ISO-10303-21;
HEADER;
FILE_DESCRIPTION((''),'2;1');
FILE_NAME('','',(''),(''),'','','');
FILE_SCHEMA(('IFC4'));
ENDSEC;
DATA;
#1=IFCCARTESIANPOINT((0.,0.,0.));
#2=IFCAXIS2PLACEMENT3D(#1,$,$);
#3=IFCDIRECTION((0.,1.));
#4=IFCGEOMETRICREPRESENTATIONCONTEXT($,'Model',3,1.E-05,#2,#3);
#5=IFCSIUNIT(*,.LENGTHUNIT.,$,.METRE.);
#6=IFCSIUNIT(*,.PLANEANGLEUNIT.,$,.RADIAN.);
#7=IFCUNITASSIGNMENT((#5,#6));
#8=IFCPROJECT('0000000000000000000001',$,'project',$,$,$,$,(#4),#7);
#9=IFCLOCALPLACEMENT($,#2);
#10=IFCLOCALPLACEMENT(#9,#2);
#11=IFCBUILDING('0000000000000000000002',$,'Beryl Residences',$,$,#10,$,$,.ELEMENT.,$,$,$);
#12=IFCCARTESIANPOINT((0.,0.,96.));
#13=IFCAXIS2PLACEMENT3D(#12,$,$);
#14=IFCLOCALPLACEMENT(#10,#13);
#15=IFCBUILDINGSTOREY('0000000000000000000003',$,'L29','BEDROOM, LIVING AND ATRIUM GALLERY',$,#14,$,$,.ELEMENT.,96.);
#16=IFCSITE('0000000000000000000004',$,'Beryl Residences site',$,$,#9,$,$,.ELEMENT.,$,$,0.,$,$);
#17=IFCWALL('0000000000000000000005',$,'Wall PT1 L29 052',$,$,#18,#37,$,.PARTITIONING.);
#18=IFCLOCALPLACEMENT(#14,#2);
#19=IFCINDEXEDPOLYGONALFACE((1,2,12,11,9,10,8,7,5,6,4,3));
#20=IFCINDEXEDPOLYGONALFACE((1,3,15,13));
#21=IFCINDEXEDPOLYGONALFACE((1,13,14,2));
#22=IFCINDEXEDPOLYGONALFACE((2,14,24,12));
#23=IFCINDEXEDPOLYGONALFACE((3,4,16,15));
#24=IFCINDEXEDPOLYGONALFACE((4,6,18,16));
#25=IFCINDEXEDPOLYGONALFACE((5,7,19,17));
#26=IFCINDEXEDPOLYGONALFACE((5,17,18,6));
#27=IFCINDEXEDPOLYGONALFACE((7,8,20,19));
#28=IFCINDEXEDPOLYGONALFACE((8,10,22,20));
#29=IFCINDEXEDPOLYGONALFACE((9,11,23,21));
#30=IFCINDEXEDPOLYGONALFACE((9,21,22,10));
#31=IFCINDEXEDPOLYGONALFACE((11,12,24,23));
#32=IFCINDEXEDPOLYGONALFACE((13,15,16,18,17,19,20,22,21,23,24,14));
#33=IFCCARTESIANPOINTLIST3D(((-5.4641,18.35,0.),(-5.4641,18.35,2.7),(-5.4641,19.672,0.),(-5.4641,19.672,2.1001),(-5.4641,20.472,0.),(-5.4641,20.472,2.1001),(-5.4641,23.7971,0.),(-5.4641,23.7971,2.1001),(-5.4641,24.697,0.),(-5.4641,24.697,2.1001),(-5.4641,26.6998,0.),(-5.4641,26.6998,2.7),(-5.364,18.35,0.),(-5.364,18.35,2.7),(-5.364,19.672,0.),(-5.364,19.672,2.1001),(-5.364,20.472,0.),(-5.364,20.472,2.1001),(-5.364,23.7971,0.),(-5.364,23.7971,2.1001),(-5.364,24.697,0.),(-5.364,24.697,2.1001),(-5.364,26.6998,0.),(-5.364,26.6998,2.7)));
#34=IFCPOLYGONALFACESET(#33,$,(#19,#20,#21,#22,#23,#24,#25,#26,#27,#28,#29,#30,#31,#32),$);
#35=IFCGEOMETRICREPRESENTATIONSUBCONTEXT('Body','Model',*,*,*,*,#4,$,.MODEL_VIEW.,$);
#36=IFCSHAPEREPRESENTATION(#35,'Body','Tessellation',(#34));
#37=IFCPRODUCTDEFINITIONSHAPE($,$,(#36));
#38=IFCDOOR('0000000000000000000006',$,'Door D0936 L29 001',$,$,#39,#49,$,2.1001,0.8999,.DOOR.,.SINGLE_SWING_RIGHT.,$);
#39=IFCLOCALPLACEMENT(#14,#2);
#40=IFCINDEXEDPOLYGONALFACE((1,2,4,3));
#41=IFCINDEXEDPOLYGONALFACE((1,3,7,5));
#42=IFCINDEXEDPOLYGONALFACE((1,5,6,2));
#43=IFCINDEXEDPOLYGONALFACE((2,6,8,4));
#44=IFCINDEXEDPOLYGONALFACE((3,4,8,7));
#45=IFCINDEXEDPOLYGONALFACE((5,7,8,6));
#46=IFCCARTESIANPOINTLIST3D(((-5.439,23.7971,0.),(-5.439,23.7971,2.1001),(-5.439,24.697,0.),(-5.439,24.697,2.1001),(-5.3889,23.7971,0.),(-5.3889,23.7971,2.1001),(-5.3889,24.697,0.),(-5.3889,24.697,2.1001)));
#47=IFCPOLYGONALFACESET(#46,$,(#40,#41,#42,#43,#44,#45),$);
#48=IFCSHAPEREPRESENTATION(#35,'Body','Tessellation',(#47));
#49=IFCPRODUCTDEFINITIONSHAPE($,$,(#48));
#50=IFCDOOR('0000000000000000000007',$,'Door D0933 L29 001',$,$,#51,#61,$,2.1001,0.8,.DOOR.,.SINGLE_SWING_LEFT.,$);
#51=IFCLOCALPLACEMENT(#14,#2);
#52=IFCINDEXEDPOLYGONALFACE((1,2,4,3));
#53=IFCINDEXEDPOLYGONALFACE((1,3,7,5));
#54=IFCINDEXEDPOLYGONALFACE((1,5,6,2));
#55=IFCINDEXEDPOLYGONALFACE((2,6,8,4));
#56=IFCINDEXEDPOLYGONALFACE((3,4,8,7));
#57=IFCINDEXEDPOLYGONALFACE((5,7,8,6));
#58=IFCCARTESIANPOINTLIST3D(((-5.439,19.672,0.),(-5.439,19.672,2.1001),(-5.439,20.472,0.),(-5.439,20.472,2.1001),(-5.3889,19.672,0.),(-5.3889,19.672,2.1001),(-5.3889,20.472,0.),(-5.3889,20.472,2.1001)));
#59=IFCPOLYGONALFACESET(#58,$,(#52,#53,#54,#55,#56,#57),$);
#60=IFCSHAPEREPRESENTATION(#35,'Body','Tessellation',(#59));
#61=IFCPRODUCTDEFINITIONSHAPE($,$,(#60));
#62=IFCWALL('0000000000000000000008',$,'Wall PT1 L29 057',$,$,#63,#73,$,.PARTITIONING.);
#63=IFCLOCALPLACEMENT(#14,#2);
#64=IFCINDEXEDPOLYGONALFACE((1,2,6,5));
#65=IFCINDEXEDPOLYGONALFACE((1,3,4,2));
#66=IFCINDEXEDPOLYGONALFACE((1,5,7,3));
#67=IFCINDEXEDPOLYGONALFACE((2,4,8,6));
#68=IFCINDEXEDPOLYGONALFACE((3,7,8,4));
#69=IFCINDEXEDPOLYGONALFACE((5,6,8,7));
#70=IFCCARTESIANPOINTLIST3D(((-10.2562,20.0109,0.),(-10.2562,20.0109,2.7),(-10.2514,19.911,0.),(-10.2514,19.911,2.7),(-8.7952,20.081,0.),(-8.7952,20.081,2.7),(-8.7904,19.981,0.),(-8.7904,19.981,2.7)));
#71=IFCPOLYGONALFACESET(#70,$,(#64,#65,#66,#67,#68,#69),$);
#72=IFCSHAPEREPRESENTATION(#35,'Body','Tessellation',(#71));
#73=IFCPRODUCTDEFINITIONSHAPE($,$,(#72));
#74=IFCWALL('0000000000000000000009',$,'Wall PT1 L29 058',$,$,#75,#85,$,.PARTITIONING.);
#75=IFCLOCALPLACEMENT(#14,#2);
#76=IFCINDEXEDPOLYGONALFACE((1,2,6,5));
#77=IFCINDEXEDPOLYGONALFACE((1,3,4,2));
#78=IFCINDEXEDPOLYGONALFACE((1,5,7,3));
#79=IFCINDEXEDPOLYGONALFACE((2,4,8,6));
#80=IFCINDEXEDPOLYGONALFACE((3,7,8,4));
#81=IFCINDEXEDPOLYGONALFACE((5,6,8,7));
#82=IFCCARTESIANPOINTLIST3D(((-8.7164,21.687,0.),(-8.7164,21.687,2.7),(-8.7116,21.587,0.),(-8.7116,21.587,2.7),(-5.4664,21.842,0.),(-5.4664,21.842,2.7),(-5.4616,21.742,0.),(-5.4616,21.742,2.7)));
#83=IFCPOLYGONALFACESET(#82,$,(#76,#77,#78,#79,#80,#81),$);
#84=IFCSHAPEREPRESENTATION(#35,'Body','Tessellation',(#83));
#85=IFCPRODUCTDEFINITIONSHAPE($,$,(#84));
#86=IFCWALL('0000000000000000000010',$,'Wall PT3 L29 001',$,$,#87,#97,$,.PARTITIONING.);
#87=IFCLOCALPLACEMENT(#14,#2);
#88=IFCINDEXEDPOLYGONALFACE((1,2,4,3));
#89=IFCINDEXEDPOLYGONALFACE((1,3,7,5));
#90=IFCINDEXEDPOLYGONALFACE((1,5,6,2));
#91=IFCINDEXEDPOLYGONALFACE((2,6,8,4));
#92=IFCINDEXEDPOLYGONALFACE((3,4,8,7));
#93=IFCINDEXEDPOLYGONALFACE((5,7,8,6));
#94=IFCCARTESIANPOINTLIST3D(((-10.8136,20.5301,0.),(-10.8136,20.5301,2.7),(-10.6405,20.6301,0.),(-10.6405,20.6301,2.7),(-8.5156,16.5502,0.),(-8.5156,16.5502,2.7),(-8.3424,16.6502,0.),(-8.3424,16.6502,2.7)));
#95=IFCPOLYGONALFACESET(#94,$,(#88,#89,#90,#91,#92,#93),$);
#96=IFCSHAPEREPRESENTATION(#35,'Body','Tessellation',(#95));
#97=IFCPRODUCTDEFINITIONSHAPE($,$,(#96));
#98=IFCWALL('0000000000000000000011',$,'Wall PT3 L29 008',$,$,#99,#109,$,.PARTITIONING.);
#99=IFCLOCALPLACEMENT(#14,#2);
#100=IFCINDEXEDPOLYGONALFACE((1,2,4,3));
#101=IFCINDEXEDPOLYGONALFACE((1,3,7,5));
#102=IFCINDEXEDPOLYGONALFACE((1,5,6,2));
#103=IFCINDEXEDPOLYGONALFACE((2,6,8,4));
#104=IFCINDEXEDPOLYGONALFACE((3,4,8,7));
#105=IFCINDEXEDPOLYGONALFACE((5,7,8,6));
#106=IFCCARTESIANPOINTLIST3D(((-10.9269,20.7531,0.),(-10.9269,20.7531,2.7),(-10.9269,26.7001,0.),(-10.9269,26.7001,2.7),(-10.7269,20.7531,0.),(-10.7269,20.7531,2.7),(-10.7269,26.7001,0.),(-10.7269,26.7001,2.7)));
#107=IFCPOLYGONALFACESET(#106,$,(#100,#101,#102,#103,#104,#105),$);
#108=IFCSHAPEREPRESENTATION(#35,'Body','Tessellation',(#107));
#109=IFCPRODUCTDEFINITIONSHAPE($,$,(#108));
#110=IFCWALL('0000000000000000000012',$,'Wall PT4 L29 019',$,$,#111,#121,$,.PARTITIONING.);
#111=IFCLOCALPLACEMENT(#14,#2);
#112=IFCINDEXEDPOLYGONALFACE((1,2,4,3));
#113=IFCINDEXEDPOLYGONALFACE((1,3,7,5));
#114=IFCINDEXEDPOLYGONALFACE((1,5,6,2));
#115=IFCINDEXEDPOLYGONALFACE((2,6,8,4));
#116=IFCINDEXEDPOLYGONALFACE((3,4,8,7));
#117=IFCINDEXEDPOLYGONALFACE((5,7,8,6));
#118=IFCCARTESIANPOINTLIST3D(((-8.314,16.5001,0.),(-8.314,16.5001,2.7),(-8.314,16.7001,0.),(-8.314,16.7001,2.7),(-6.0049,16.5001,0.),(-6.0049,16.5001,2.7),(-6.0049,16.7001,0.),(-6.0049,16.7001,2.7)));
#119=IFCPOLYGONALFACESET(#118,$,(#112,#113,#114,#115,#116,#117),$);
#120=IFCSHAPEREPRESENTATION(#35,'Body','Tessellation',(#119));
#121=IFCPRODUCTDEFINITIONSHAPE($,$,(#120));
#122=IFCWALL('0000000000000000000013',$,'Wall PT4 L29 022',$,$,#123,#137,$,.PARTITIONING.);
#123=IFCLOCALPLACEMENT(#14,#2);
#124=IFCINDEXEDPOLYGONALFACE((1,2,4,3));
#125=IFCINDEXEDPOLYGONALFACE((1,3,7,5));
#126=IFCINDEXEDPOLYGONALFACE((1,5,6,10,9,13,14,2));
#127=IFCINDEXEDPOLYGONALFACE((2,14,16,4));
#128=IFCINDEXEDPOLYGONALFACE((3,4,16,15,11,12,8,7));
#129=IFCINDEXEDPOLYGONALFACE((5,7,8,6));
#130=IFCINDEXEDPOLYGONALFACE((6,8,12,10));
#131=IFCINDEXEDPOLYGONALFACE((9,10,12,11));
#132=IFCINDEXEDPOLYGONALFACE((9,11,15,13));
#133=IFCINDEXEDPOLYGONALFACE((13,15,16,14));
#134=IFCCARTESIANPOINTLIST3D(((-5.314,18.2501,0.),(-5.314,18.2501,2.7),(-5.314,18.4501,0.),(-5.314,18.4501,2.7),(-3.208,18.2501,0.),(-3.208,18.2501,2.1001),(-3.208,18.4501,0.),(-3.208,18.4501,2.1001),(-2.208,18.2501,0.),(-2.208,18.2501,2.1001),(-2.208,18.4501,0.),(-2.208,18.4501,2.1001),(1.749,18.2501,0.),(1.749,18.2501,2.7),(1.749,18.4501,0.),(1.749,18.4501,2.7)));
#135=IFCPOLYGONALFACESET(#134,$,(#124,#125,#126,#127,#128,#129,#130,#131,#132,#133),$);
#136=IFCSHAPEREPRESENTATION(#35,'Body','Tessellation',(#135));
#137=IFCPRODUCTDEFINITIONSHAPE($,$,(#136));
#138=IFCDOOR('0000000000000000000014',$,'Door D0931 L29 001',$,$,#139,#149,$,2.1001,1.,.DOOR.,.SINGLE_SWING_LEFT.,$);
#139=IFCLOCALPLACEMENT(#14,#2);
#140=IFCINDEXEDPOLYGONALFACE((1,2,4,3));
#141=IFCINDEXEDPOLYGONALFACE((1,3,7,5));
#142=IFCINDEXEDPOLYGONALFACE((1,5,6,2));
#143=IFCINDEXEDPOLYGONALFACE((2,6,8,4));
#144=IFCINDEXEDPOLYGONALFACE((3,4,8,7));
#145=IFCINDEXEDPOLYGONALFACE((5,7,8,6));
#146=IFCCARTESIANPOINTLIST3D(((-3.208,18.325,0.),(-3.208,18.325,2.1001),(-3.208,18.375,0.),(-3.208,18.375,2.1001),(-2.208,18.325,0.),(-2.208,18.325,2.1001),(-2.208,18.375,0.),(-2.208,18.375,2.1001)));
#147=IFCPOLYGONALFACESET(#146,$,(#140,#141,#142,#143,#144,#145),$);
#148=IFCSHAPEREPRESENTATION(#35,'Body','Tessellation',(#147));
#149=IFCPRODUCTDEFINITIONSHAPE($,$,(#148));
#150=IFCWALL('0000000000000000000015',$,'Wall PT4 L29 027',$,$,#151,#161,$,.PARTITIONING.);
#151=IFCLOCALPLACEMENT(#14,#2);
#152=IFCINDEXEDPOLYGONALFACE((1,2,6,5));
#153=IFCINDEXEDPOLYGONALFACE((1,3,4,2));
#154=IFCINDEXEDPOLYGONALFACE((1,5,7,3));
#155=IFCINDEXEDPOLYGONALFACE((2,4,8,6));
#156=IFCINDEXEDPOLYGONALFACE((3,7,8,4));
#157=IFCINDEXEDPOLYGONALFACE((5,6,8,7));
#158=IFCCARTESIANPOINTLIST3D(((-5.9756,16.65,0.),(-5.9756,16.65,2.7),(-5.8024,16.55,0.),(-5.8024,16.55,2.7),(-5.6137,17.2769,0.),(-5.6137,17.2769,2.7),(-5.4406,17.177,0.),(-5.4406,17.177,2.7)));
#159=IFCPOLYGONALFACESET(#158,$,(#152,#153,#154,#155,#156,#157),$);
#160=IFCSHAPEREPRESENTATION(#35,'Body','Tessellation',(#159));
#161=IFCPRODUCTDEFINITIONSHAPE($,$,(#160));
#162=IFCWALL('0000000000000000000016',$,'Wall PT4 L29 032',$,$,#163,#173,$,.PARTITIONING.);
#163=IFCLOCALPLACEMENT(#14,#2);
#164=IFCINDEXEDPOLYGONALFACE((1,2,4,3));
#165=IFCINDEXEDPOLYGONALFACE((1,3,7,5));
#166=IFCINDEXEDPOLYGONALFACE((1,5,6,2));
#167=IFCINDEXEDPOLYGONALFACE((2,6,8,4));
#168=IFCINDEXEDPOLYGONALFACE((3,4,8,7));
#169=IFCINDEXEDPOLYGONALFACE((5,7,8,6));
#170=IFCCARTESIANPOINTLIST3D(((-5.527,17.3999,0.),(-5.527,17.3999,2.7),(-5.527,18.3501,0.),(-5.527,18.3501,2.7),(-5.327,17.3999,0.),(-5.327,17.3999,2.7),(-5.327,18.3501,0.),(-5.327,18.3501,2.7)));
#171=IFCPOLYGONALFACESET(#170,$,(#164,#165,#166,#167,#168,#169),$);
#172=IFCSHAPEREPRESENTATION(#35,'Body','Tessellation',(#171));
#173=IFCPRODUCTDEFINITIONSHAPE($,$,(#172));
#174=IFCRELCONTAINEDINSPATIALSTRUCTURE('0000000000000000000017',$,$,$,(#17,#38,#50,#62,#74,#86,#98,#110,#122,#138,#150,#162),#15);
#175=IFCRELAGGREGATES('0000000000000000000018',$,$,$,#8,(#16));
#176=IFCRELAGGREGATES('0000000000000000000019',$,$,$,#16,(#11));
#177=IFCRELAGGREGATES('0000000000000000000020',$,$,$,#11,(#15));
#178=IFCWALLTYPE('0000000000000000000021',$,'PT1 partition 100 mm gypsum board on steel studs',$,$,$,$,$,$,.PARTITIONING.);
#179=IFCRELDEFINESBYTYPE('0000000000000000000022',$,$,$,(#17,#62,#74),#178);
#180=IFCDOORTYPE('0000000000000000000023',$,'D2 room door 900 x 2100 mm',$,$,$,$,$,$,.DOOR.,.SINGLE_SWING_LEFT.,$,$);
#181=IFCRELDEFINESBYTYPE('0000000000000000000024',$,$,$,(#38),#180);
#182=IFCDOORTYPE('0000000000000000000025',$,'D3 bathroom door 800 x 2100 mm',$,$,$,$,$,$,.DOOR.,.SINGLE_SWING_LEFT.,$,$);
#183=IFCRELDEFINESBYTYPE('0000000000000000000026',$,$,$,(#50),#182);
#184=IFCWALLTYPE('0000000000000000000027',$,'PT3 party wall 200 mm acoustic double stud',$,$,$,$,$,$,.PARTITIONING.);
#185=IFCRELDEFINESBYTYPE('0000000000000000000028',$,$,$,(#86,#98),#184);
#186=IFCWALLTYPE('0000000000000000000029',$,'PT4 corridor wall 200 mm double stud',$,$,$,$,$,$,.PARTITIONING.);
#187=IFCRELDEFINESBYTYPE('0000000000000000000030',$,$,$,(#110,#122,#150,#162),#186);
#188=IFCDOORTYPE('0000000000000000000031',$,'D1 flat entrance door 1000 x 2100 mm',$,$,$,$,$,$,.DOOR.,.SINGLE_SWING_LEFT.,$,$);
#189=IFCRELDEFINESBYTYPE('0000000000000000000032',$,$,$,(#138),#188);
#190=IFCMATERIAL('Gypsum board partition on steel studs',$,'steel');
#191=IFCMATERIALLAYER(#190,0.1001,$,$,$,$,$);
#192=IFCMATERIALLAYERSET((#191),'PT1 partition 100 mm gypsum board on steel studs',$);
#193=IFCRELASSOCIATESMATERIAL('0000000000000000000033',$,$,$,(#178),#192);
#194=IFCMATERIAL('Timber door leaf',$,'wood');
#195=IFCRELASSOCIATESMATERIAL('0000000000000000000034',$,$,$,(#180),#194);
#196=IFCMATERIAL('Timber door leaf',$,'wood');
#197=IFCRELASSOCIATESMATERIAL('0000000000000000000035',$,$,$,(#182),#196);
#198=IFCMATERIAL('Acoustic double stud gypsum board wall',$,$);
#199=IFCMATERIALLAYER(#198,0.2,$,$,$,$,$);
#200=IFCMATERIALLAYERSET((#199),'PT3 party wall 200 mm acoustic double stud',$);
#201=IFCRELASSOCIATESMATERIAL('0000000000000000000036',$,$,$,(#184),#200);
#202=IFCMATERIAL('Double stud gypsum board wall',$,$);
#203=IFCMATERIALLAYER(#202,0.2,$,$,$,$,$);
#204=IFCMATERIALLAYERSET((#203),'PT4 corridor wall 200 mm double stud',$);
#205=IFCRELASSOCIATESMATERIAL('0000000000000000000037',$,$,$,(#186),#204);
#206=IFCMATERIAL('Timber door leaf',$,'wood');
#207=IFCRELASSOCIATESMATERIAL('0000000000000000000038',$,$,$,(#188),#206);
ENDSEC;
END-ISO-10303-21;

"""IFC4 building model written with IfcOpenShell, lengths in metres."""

from ifc_helpers import new_model, si_unit, direction, frame, frame_2d, origin, place, context, subcontext, project, spatial, rectangle, extrude, material, layer, layer_set, type_object, element, fill, save


model = new_model("IFC4")

# Units and contexts
model_context = context("Model", 3, precision=1e-05, world=origin(), true_north=direction((0.0, 1.0)))
body_context = subcontext(model_context, "Body", "Model", "MODEL_VIEW")
ifc_project = project(units=[si_unit("LENGTHUNIT", "METRE"), si_unit("PLANEANGLEUNIT", "RADIAN")], contexts=[model_context])

# Site, building, storey
site_placement = place(None, origin())
site = spatial("IfcSite", under=ifc_project, at=site_placement, Name="Beryl Residences site", CompositionType="ELEMENT", RefElevation=0.0)
building_placement = place(site_placement, origin())
building = spatial("IfcBuilding", under=site, at=building_placement, Name="Beryl Residences", CompositionType="ELEMENT")
storey_placement = place(building_placement, frame((0.0, 0.0, 96.0)))
storey = spatial("IfcBuildingStorey", under=building, at=storey_placement, Name="L29", Description="BEDROOM, LIVING AND ATRIUM GALLERY", CompositionType="ELEMENT", Elevation=96.0)

# Shared definitions
ifc_material_1 = material(Name="Gypsum board partition on steel studs", Category="steel")
ifc_layer_1 = layer(ifc_material_1, 0.1001)
ifc_layer_set_1 = layer_set([ifc_layer_1], Name="PT1 partition 100 mm gypsum board on steel studs")
wall_type_1 = type_object("IfcWallType", Name="PT1 partition 100 mm gypsum board on steel studs", PredefinedType="PARTITIONING", material=ifc_layer_set_1)
ifc_material_2 = material(Name="Timber door leaf", Category="wood")
door_type_1 = type_object("IfcDoorType", Name="D2 room door 900 x 2100 mm", OperationType="SINGLE_SWING_LEFT", PredefinedType="DOOR", material=ifc_material_2)

# Wall, openings, doors
wall_1_placement = place(storey_placement, frame((-5.4141, 18.3501, 0.0), z_axis=(0.0, 0.0, 1.0), x_axis=(0.0, 1.0, 0.0)))
wall_1 = element("IfcWall", 1, at=wall_1_placement, inside=storey, type_object=wall_type_1, Name="Wall PT1 L29 052", PredefinedType="PARTITIONING", context=body_context, shape_type="SweptSolid", body=[
    extrude(rectangle(XDim=8.3499, YDim=0.1001, at=frame_2d((4.1748, 0.0))), origin(), (0.0, 0.0, 1.0), 2.7),
])
opening_1_placement = place(wall_1_placement, frame((1.322, 0.0, 0.0)))
opening_1 = element("IfcOpeningElement", 2, at=opening_1_placement, cuts=wall_1, PredefinedType="OPENING", context=body_context, shape_type="SweptSolid", body=[
    extrude(rectangle(XDim=0.8, YDim=2.1001, at=frame_2d((0.3999, 1.05))), frame((0.0, 0.0601, 0.0), z_axis=(0.0, -1.0, 0.0), x_axis=(1.0, 0.0, 0.0)), (0.0, 0.0, 1.0), 0.1201),
])
opening_2_placement = place(wall_1_placement, frame((5.447, 0.0, 0.0)))
opening_2 = element("IfcOpeningElement", 3, at=opening_2_placement, cuts=wall_1, PredefinedType="OPENING", context=body_context, shape_type="SweptSolid", body=[
    extrude(rectangle(XDim=0.8999, YDim=2.1001, at=frame_2d((0.45, 1.05))), frame((0.0, 0.0601, 0.0), z_axis=(0.0, -1.0, 0.0), x_axis=(1.0, 0.0, 0.0)), (0.0, 0.0, 1.0), 0.1201),
])
door_1_placement = place(opening_2_placement, origin())
door_1 = element("IfcDoor", 4, at=door_1_placement, inside=storey, type_object=door_type_1, Name="Door D0936 L29 001", OperationType="SINGLE_SWING_RIGHT", OverallHeight=2.1001, OverallWidth=0.8999, PredefinedType="DOOR", context=body_context, shape_type="SweptSolid", body=[
    extrude(rectangle(XDim=0.8999, YDim=2.1001, at=frame_2d((0.45, 1.05))), frame((0.0, 0.0249, 0.0), z_axis=(0.0, -1.0, 0.0), x_axis=(1.0, 0.0, 0.0)), (0.0, 0.0, 1.0), 0.05),
])
fill(opening_2, door_1)
ifc_material_3 = material(Name="Timber door leaf", Category="wood")
door_type_2 = type_object("IfcDoorType", Name="D3 bathroom door 800 x 2100 mm", OperationType="SINGLE_SWING_LEFT", PredefinedType="DOOR", material=ifc_material_3)
door_2_placement = place(opening_1_placement, origin())
door_2 = element("IfcDoor", 5, at=door_2_placement, inside=storey, type_object=door_type_2, Name="Door D0933 L29 001", OperationType="SINGLE_SWING_LEFT", OverallHeight=2.1001, OverallWidth=0.8, PredefinedType="DOOR", context=body_context, shape_type="SweptSolid", body=[
    extrude(rectangle(XDim=0.8, YDim=2.1001, at=frame_2d((0.3999, 1.05))), frame((0.0, 0.0249, 0.0), z_axis=(0.0, -1.0, 0.0), x_axis=(1.0, 0.0, 0.0)), (0.0, 0.0, 1.0), 0.05),
])
fill(opening_1, door_2)

# Walls
wall_2_placement = place(storey_placement, frame((-10.2539, 19.9609, 0.0), z_axis=(0.0, 0.0, 1.0), x_axis=(0.998852, 0.047906, 0.0)))
element("IfcWall", 6, at=wall_2_placement, inside=storey, type_object=wall_type_1, Name="Wall PT1 L29 057", PredefinedType="PARTITIONING", context=body_context, shape_type="SweptSolid", body=[
    extrude(rectangle(XDim=1.4626, YDim=0.1001, at=frame_2d((0.7314, 0.0))), origin(), (0.0, 0.0, 1.0), 2.7),
])
wall_3_placement = place(storey_placement, frame((-8.7141, 21.637, 0.0), z_axis=(0.0, 0.0, 1.0), x_axis=(0.998864, 0.047647, 0.0)))
element("IfcWall", 7, at=wall_3_placement, inside=storey, type_object=wall_type_1, Name="Wall PT1 L29 058", PredefinedType="PARTITIONING", context=body_context, shape_type="SweptSolid", body=[
    extrude(rectangle(XDim=3.2537, YDim=0.1001, at=frame_2d((1.627, 0.0))), origin(), (0.0, 0.0, 1.0), 2.7),
])
ifc_material_4 = material(Name="Acoustic double stud gypsum board wall")
ifc_layer_2 = layer(ifc_material_4, 0.2)
ifc_layer_set_2 = layer_set([ifc_layer_2], Name="PT3 party wall 200 mm acoustic double stud")
wall_type_2 = type_object("IfcWallType", Name="PT3 party wall 200 mm acoustic double stud", PredefinedType="PARTITIONING", material=ifc_layer_set_2)
wall_4_placement = place(storey_placement, frame((-10.7271, 20.5801, 0.0), z_axis=(0.0, 0.0, 1.0), x_axis=(0.500041, -0.866002, 0.0)))
element("IfcWall", 8, at=wall_4_placement, inside=storey, type_object=wall_type_2, Name="Wall PT3 L29 001", PredefinedType="PARTITIONING", context=body_context, shape_type="SweptSolid", body=[
    extrude(rectangle(XDim=4.5957, YDim=0.2, at=frame_2d((2.2979, 0.0))), origin(), (0.0, 0.0, 1.0), 2.7),
])
wall_5_placement = place(storey_placement, frame((-10.8269, 20.7529, 0.0), z_axis=(0.0, 0.0, 1.0), x_axis=(0.0, 1.0, 0.0)))
element("IfcWall", 9, at=wall_5_placement, inside=storey, type_object=wall_type_2, Name="Wall PT3 L29 008", PredefinedType="PARTITIONING", context=body_context, shape_type="SweptSolid", body=[
    extrude(rectangle(XDim=5.947, YDim=0.2, at=frame_2d((2.9736, 0.0))), origin(), (0.0, 0.0, 1.0), 2.7),
])
ifc_material_5 = material(Name="Double stud gypsum board wall")
ifc_layer_3 = layer(ifc_material_5, 0.2)
ifc_layer_set_3 = layer_set([ifc_layer_3], Name="PT4 corridor wall 200 mm double stud")
wall_type_3 = type_object("IfcWallType", Name="PT4 corridor wall 200 mm double stud", PredefinedType="PARTITIONING", material=ifc_layer_set_3)
wall_6_placement = place(storey_placement, frame((-8.314, 16.6001, 0.0), z_axis=(0.0, 0.0, 1.0), x_axis=(1.0, 0.0, 0.0)))
element("IfcWall", 10, at=wall_6_placement, inside=storey, type_object=wall_type_3, Name="Wall PT4 L29 019", PredefinedType="PARTITIONING", context=body_context, shape_type="SweptSolid", body=[
    extrude(rectangle(XDim=2.3091, YDim=0.2, at=frame_2d((1.1545, 0.0))), origin(), (0.0, 0.0, 1.0), 2.7),
])

# Wall, opening, door
wall_7_placement = place(storey_placement, frame((-5.314, 18.3501, 0.0), z_axis=(0.0, 0.0, 1.0), x_axis=(1.0, 0.0, 0.0)))
wall_7 = element("IfcWall", 11, at=wall_7_placement, inside=storey, type_object=wall_type_3, Name="Wall PT4 L29 022", PredefinedType="PARTITIONING", context=body_context, shape_type="SweptSolid", body=[
    extrude(rectangle(XDim=7.063, YDim=0.2, at=frame_2d((3.5315, 0.0))), origin(), (0.0, 0.0, 1.0), 2.7),
])
opening_3_placement = place(wall_7_placement, frame((2.106, 0.0, 0.0)))
opening_3 = element("IfcOpeningElement", 12, at=opening_3_placement, cuts=wall_7, PredefinedType="OPENING", context=body_context, shape_type="SweptSolid", body=[
    extrude(rectangle(XDim=1.0, YDim=2.1001, at=frame_2d((0.5, 1.05))), frame((0.0, 0.1099, 0.0), z_axis=(0.0, -1.0, 0.0), x_axis=(1.0, 0.0, 0.0)), (0.0, 0.0, 1.0), 0.22),
])
ifc_material_6 = material(Name="Timber door leaf", Category="wood")
door_type_3 = type_object("IfcDoorType", Name="D1 flat entrance door 1000 x 2100 mm", OperationType="SINGLE_SWING_LEFT", PredefinedType="DOOR", material=ifc_material_6)
door_3_placement = place(opening_3_placement, origin())
door_3 = element("IfcDoor", 13, at=door_3_placement, inside=storey, type_object=door_type_3, Name="Door D0931 L29 001", OperationType="SINGLE_SWING_LEFT", OverallHeight=2.1001, OverallWidth=1.0, PredefinedType="DOOR", context=body_context, shape_type="SweptSolid", body=[
    extrude(rectangle(XDim=1.0, YDim=2.1001, at=frame_2d((0.5, 1.05))), frame((0.0, 0.0249, 0.0), z_axis=(0.0, -1.0, 0.0), x_axis=(1.0, 0.0, 0.0)), (0.0, 0.0, 1.0), 0.05),
])
fill(opening_3, door_3)

# Walls
wall_8_placement = place(storey_placement, frame((-5.8889, 16.6001, 0.0), z_axis=(0.0, 0.0, 1.0), x_axis=(0.499839, 0.866118, 0.0)))
element("IfcWall", 14, at=wall_8_placement, inside=storey, type_object=wall_type_3, Name="Wall PT4 L29 027", PredefinedType="PARTITIONING", context=body_context, shape_type="SweptSolid", body=[
    extrude(rectangle(XDim=0.7239, YDim=0.2, at=frame_2d((0.3618, 0.0))), origin(), (0.0, 0.0, 1.0), 2.7),
])
wall_9_placement = place(storey_placement, frame((-5.427, 17.3999, 0.0), z_axis=(0.0, 0.0, 1.0), x_axis=(0.0, 1.0, 0.0)))
element("IfcWall", 15, at=wall_9_placement, inside=storey, type_object=wall_type_3, Name="Wall PT4 L29 032", PredefinedType="PARTITIONING", context=body_context, shape_type="SweptSolid", body=[
    extrude(rectangle(XDim=0.9502, YDim=0.2, at=frame_2d((0.4751, 0.0))), origin(), (0.0, 0.0, 1.0), 2.7),
])

save(model, "model.ifc")
